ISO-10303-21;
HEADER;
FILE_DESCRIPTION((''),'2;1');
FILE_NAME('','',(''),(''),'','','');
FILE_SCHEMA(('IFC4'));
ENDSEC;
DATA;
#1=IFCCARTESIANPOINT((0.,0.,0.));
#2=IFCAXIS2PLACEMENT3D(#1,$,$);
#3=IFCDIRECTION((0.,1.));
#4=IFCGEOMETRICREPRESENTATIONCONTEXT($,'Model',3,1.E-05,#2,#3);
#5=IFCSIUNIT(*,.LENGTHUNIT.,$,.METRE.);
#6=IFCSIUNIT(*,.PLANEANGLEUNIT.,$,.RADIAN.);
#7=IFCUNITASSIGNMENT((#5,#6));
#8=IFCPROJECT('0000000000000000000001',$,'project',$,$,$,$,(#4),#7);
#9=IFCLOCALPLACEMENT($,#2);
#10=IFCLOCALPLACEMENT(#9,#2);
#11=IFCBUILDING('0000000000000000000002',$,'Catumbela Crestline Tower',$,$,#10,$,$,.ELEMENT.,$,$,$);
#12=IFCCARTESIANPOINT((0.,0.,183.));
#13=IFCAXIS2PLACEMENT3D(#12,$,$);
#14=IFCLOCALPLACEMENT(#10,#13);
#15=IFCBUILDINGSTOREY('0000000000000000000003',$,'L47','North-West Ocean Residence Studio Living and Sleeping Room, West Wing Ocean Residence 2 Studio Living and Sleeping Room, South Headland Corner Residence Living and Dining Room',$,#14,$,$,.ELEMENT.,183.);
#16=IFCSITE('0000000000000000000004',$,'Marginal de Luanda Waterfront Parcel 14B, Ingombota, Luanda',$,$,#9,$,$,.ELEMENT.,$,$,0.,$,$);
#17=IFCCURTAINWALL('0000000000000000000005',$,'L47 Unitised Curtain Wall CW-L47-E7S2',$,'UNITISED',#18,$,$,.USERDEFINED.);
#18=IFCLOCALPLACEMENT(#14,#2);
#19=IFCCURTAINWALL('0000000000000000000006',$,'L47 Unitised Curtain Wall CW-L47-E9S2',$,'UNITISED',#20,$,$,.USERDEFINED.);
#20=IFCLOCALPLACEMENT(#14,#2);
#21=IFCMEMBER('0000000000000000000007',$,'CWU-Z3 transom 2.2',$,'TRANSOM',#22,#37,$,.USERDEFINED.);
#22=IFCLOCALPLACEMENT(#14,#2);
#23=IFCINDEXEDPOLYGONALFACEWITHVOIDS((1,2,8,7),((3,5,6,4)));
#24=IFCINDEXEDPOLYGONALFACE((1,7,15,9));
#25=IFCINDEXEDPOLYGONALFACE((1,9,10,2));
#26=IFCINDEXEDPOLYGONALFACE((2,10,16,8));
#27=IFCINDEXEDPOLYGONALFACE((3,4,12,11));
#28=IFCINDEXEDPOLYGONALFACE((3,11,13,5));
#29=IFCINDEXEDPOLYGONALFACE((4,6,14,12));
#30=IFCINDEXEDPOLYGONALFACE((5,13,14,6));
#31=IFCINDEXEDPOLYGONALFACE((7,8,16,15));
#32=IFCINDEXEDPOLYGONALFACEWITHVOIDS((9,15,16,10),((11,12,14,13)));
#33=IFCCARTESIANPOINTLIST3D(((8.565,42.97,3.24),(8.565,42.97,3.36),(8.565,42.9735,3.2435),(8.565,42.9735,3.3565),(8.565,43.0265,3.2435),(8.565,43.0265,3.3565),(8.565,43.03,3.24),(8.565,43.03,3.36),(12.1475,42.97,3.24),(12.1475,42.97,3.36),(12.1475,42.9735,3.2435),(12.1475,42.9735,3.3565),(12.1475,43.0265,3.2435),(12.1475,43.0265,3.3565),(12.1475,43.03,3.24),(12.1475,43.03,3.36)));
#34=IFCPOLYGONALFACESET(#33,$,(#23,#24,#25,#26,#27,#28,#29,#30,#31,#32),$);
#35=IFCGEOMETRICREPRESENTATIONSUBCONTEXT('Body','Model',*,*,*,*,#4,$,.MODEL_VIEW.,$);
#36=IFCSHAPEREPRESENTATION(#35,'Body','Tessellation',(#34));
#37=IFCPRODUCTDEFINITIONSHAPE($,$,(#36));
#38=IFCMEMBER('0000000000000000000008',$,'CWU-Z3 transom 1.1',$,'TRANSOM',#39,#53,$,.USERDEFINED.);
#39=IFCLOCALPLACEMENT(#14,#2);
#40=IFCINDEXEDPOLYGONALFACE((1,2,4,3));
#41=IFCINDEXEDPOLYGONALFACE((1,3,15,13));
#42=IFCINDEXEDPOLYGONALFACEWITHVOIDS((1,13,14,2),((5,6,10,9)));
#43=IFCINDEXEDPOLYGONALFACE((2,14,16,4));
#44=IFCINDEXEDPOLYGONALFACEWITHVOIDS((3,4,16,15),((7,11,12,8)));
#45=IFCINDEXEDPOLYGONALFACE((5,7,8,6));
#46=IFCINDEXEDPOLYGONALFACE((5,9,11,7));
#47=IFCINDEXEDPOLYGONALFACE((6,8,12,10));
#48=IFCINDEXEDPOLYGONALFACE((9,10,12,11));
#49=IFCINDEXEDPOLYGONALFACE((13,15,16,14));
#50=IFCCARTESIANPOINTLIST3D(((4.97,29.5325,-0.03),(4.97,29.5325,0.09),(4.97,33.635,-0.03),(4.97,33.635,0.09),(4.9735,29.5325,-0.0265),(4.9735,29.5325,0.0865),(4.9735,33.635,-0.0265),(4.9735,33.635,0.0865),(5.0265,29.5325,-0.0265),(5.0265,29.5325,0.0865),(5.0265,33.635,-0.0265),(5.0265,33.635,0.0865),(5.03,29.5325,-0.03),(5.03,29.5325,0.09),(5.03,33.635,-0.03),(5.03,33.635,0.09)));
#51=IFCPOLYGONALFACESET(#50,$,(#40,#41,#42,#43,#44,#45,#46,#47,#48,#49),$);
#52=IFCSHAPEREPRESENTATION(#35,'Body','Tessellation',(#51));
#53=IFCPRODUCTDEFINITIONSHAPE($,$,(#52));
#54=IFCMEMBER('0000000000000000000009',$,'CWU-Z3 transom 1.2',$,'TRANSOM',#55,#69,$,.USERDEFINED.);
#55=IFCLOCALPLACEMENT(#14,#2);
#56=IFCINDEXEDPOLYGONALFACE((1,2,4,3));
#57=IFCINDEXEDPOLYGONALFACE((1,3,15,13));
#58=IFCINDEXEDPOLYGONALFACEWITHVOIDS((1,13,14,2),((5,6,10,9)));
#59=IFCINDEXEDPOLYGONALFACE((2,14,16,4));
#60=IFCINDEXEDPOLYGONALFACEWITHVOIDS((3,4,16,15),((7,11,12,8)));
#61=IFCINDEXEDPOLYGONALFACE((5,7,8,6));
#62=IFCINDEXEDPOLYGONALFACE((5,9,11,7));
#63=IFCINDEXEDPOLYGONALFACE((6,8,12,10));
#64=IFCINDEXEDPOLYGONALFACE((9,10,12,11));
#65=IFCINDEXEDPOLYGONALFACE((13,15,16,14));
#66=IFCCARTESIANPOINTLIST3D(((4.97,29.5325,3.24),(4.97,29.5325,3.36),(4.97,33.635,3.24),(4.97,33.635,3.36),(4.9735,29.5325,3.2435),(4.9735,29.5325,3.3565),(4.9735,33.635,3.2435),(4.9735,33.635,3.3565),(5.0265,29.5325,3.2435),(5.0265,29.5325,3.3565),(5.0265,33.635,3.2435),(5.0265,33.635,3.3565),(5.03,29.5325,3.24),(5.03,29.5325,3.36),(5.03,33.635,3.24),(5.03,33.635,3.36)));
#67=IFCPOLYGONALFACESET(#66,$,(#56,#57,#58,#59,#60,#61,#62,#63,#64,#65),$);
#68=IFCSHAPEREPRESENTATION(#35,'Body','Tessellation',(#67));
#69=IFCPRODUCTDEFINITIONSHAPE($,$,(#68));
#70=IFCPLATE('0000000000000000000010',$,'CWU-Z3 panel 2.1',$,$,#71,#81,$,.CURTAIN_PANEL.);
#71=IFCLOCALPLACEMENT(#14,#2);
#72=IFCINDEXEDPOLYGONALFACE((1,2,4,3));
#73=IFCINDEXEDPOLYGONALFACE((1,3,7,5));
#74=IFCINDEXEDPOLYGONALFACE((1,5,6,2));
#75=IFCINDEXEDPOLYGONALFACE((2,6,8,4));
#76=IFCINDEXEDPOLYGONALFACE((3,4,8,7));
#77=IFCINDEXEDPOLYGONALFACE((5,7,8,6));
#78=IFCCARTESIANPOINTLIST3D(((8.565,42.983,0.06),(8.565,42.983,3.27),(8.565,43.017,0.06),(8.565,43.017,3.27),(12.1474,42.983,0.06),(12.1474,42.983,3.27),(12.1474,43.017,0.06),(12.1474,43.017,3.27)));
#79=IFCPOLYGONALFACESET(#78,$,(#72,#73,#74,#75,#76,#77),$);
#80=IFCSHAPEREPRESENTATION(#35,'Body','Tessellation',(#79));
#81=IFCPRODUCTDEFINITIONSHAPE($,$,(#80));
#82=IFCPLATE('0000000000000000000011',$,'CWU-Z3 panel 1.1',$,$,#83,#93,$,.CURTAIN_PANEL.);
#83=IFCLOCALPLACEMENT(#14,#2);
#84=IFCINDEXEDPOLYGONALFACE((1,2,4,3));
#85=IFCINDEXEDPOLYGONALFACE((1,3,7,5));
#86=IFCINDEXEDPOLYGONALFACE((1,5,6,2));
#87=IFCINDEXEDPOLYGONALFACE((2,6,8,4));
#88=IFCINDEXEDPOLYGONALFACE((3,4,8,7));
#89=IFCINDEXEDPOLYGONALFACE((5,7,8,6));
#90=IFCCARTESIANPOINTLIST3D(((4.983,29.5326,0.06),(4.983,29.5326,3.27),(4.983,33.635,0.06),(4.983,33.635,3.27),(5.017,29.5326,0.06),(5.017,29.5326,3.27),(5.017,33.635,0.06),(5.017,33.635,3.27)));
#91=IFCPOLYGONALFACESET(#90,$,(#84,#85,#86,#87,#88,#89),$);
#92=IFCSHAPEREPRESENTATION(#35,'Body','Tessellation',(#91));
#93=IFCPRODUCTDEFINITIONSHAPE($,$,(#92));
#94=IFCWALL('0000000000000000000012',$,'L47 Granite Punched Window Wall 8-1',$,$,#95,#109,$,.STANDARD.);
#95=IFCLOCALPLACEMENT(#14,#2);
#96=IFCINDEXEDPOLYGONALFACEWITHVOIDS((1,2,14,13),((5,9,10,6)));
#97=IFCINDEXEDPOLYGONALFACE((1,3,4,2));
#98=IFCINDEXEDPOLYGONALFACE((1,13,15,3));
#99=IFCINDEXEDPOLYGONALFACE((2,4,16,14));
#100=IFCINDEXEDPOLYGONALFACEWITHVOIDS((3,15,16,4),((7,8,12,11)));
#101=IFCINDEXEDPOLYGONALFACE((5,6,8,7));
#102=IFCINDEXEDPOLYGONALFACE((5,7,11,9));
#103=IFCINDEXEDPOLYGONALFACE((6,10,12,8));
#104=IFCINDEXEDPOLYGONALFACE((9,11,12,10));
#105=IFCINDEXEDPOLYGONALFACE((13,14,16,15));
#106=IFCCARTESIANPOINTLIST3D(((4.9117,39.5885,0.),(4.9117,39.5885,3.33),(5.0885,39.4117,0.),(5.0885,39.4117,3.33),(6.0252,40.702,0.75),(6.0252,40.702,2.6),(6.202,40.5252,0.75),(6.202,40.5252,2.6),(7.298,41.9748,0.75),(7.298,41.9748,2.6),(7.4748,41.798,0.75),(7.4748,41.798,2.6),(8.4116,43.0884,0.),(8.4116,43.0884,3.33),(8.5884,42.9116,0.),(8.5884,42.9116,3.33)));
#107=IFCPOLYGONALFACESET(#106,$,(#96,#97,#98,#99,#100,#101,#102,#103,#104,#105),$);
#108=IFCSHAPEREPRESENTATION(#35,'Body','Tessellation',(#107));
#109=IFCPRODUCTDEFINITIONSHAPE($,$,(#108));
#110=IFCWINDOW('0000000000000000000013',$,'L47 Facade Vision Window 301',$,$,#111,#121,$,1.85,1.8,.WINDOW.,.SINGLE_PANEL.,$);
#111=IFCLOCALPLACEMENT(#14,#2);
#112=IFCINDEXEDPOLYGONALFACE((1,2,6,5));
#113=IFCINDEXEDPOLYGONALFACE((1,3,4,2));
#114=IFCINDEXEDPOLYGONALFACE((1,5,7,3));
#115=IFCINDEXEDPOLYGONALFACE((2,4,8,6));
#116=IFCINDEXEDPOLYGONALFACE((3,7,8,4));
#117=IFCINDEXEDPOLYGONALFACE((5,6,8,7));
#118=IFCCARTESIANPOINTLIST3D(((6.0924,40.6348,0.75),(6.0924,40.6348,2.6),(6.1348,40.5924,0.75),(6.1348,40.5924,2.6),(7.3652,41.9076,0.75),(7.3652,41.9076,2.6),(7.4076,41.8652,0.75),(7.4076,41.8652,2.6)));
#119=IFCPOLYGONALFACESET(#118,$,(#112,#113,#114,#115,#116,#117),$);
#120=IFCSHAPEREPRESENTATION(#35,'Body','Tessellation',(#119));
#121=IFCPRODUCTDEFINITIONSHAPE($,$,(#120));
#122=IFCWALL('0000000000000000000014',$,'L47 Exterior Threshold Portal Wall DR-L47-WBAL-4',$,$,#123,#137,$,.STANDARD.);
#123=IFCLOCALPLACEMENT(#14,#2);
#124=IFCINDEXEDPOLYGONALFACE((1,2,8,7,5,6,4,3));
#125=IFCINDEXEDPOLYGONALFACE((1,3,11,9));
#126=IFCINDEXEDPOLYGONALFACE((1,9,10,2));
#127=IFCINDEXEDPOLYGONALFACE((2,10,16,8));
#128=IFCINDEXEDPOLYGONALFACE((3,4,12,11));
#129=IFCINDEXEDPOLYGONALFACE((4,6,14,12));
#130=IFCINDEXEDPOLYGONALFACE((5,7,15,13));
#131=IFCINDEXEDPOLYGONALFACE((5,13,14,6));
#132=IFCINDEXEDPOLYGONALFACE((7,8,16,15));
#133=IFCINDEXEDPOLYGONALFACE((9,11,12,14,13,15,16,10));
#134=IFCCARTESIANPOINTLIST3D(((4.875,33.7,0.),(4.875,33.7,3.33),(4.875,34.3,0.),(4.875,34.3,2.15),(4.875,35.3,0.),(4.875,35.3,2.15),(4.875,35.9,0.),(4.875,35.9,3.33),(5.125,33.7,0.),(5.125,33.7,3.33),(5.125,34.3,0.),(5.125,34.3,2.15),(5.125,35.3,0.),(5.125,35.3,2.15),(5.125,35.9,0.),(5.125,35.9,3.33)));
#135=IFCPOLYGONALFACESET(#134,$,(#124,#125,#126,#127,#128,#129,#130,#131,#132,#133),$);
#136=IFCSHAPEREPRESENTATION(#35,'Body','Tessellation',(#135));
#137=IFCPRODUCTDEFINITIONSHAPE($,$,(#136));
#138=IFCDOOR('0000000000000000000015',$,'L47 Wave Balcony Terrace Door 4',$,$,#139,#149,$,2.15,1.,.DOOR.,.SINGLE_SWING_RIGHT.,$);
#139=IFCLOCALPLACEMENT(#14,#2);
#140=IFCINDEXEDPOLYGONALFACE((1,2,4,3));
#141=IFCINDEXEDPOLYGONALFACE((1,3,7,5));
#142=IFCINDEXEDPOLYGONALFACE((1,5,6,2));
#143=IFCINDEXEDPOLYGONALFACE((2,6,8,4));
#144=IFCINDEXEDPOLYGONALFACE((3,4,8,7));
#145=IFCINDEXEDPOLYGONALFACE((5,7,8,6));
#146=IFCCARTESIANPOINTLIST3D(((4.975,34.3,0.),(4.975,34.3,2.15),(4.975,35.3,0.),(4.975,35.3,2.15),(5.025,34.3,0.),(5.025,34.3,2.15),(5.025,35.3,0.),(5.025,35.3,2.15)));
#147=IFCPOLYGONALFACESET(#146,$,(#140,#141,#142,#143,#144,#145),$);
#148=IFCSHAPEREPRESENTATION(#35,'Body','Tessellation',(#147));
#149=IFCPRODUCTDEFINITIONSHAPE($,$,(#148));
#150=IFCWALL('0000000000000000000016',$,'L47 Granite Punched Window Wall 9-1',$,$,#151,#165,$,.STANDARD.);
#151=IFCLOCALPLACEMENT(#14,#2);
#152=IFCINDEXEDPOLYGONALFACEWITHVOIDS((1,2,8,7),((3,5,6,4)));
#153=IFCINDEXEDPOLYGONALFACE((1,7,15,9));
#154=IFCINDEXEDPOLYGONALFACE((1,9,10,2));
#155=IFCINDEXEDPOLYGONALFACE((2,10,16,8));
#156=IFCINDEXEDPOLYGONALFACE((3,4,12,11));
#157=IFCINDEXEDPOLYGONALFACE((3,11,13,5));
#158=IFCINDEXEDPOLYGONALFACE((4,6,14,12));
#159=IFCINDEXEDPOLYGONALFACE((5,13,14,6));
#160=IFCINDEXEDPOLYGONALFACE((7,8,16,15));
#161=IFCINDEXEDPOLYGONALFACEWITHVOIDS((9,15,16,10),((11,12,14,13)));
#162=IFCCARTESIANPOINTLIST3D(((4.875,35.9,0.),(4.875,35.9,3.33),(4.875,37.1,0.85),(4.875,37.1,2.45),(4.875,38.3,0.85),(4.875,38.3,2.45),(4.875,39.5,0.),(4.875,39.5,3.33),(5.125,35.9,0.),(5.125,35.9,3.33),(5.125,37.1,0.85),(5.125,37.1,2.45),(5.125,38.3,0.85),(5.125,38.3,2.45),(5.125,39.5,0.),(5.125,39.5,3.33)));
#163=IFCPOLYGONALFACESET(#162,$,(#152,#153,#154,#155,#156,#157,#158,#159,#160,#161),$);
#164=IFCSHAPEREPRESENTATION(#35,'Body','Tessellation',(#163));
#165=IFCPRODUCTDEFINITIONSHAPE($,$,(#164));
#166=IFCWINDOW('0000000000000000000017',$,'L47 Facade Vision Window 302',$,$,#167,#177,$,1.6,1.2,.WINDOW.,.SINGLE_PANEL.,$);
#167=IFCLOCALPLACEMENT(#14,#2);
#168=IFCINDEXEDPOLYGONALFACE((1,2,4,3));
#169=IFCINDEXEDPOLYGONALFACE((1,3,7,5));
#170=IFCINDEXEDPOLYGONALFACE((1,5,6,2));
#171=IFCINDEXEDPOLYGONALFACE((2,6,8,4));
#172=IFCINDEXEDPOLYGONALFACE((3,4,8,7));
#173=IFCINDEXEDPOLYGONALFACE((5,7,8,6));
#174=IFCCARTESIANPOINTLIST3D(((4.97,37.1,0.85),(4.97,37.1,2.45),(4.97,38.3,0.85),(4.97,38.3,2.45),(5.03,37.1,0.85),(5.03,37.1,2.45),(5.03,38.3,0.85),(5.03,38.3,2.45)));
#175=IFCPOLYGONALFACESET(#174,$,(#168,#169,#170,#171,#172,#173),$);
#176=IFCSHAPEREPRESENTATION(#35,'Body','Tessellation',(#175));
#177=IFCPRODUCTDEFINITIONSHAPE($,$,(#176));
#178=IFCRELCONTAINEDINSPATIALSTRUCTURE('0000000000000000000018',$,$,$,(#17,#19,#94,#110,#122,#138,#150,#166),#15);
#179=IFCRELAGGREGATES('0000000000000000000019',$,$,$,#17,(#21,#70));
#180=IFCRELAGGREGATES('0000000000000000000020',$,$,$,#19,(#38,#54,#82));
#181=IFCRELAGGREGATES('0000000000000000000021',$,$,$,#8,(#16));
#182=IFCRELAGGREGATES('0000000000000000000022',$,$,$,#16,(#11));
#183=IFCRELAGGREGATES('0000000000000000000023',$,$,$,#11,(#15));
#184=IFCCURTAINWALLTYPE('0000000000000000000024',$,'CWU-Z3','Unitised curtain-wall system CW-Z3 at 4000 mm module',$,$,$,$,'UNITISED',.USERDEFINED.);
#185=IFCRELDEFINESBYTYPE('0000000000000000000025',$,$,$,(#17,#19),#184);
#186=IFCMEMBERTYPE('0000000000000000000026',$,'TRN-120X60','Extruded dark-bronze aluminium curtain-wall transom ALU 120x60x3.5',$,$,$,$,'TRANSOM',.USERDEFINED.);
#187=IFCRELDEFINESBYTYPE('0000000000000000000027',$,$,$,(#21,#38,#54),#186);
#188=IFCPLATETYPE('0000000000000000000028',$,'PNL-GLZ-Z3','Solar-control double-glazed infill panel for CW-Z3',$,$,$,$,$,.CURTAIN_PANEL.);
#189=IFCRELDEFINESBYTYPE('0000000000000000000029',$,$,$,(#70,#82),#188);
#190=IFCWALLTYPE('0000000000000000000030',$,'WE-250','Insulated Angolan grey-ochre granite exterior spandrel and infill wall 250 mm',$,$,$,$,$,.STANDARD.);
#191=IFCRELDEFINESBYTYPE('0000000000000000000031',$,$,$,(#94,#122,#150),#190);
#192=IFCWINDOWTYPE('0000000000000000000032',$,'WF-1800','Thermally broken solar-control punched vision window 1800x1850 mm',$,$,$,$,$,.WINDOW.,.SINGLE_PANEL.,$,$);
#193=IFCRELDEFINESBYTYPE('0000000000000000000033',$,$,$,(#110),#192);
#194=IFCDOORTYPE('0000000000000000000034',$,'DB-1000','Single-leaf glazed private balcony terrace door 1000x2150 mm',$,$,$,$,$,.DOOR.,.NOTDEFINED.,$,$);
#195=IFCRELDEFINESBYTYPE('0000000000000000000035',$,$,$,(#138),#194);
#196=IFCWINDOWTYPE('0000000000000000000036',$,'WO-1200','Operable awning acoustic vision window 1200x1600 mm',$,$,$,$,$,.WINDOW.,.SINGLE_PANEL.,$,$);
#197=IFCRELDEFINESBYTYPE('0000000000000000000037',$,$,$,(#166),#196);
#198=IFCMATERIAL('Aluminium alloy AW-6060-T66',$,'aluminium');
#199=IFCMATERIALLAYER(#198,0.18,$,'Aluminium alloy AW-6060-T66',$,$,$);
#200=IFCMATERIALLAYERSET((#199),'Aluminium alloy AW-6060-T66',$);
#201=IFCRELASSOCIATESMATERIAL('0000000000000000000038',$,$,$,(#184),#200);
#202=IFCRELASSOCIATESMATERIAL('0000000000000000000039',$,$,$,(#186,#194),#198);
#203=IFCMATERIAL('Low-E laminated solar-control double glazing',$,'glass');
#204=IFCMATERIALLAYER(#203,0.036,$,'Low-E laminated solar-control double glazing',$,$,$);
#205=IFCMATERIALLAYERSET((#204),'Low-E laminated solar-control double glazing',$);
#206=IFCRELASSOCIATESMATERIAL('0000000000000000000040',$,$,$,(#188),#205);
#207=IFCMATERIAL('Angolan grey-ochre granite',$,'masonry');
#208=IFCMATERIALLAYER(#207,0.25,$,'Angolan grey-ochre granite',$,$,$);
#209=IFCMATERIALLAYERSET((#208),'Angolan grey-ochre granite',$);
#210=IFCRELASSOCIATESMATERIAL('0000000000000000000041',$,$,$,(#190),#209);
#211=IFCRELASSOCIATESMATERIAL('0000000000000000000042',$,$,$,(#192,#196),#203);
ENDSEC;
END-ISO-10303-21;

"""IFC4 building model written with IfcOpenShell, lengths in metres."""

from ifc_helpers import new_model, si_unit, direction, frame, frame_2d, origin, origin_2d, place, context, subcontext, project, spatial, rectangle, hollow_rectangle, extrude, material, layer, layer_set, material_profile, profile_set, type_object, element, fill, aggregate, save


model = new_model("IFC4")

# Units and contexts
model_context = context("Model", 3, precision=1e-05, world=origin(), true_north=direction((0.0, 1.0)))
body_context = subcontext(model_context, "Body", "Model", "MODEL_VIEW")
ifc_project = project(units=[si_unit("LENGTHUNIT", "METRE"), si_unit("PLANEANGLEUNIT", "RADIAN")], contexts=[model_context])

# Site, building, storey
site_placement = place(None, origin())
site = spatial("IfcSite", under=ifc_project, at=site_placement, Name="Marginal de Luanda Waterfront Parcel 14B, Ingombota, Luanda", CompositionType="ELEMENT", RefElevation=0.0)
building_placement = place(site_placement, origin())
building = spatial("IfcBuilding", under=site, at=building_placement, Name="Catumbela Crestline Tower", CompositionType="ELEMENT")
storey_placement = place(building_placement, frame((0.0, 0.0, 183.0)))
storey = spatial("IfcBuildingStorey", under=building, at=storey_placement, Name="L47", Description="North-West Ocean Residence Studio Living and Sleeping Room, West Wing Ocean Residence 2 Studio Living and Sleeping Room, South Headland Corner Residence Living and Dining Room", CompositionType="ELEMENT", Elevation=183.0)

# Curtain wall
ifc_material_1 = material(Name="Aluminium alloy AW-6060-T66", Category="aluminium")
ifc_layer_1 = layer(ifc_material_1, 0.18, Name="Aluminium alloy AW-6060-T66")
ifc_layer_set_1 = layer_set([ifc_layer_1], Name="Aluminium alloy AW-6060-T66")
curtain_wall_type = type_object("IfcCurtainWallType", Name="CWU-Z3", Description="Unitised curtain-wall system CW-Z3 at 4000 mm module", ElementType="UNITISED", PredefinedType="USERDEFINED", material=ifc_layer_set_1)
curtain_wall_1_placement = place(storey_placement, origin())
curtain_wall_1 = element("IfcCurtainWall", 1, at=curtain_wall_1_placement, inside=storey, type_object=curtain_wall_type, Name="L47 Unitised Curtain Wall CW-L47-E7S2", ObjectType="UNITISED", PredefinedType="USERDEFINED")

# Curtain wall
curtain_wall_2_placement = place(storey_placement, origin())
curtain_wall_2 = element("IfcCurtainWall", 2, at=curtain_wall_2_placement, inside=storey, type_object=curtain_wall_type, Name="L47 Unitised Curtain Wall CW-L47-E9S2", ObjectType="UNITISED", PredefinedType="USERDEFINED")

# Members
ifc_material_profile_1 = material_profile(ifc_material_1, hollow_rectangle(XDim=0.06, YDim=0.12, WallThickness=0.0035, at=origin_2d()), Name="ALU 120x60x3.5")
ifc_profile_set_1 = profile_set([ifc_material_profile_1], Name="Aluminium alloy AW-6060-T66")
member_type_1 = type_object("IfcMemberType", Name="TRN-120X60", Description="Extruded dark-bronze aluminium curtain-wall transom ALU 120x60x3.5", ElementType="TRANSOM", PredefinedType="USERDEFINED", material=ifc_profile_set_1)
member_1_placement = place(storey_placement, frame((12.1475, 43.0, 3.3), z_axis=(-1.0, 0.0, 0.0), x_axis=(0.0, -1.0, 0.0)))
member_1 = element("IfcMember", 3, at=member_1_placement, type_object=member_type_1, Name="CWU-Z3 transom 2.2", ObjectType="TRANSOM", PredefinedType="USERDEFINED", context=body_context, shape_type="SweptSolid", body=[
    extrude(hollow_rectangle(XDim=0.06, YDim=0.12, WallThickness=0.0035, at=origin_2d()), origin(), (0.0, 0.0, 1.0), 3.5825),
])
member_2_placement = place(storey_placement, frame((5.0, 33.635, 0.03), z_axis=(0.0, -1.0, 0.0), x_axis=(1.0, 0.0, 0.0)))
member_2 = element("IfcMember", 4, at=member_2_placement, type_object=member_type_1, Name="CWU-Z3 transom 1.1", ObjectType="TRANSOM", PredefinedType="USERDEFINED", context=body_context, shape_type="SweptSolid", body=[
    extrude(hollow_rectangle(XDim=0.06, YDim=0.12, WallThickness=0.0035, at=origin_2d()), origin(), (0.0, 0.0, 1.0), 4.1025),
])
member_3_placement = place(storey_placement, frame((5.0, 33.635, 3.3), z_axis=(0.0, -1.0, 0.0), x_axis=(1.0, 0.0, 0.0)))
member_3 = element("IfcMember", 5, at=member_3_placement, type_object=member_type_1, Name="CWU-Z3 transom 1.2", ObjectType="TRANSOM", PredefinedType="USERDEFINED", context=body_context, shape_type="SweptSolid", body=[
    extrude(hollow_rectangle(XDim=0.06, YDim=0.12, WallThickness=0.0035, at=origin_2d()), origin(), (0.0, 0.0, 1.0), 4.1025),
])

# Plates
ifc_material_2 = material(Name="Low-E laminated solar-control double glazing", Category="glass")
ifc_layer_2 = layer(ifc_material_2, 0.036, Name="Low-E laminated solar-control double glazing")
ifc_layer_set_2 = layer_set([ifc_layer_2], Name="Low-E laminated solar-control double glazing")
plate_type = type_object("IfcPlateType", Name="PNL-GLZ-Z3", Description="Solar-control double-glazed infill panel for CW-Z3", PredefinedType="CURTAIN_PANEL", material=ifc_layer_set_2)
plate_1_placement = place(storey_placement, frame((10.3562, 43.0, 0.06), z_axis=(0.0, 0.0, 1.0), x_axis=(-1.0, 0.0, 0.0)))
plate_1 = element("IfcPlate", 6, at=plate_1_placement, type_object=plate_type, Name="CWU-Z3 panel 2.1", PredefinedType="CURTAIN_PANEL", context=body_context, shape_type="SweptSolid", body=[
    extrude(rectangle(XDim=3.5825, YDim=0.034, at=origin_2d()), origin(), (0.0, 0.0, 1.0), 3.21),
])
aggregate(curtain_wall_1, [member_1, plate_1])
plate_2_placement = place(storey_placement, frame((5.0, 31.5838, 0.06), z_axis=(0.0, 0.0, 1.0), x_axis=(0.0, -1.0, 0.0)))
plate_2 = element("IfcPlate", 7, at=plate_2_placement, type_object=plate_type, Name="CWU-Z3 panel 1.1", PredefinedType="CURTAIN_PANEL", context=body_context, shape_type="SweptSolid", body=[
    extrude(rectangle(XDim=4.1025, YDim=0.034, at=origin_2d()), origin(), (0.0, 0.0, 1.0), 3.21),
])
aggregate(curtain_wall_2, [member_2, member_3, plate_2])

# Wall, opening, window
ifc_material_3 = material(Name="Angolan grey-ochre granite", Category="masonry")
ifc_layer_3 = layer(ifc_material_3, 0.25, Name="Angolan grey-ochre granite")
ifc_layer_set_3 = layer_set([ifc_layer_3], Name="Angolan grey-ochre granite")
wall_type_1 = type_object("IfcWallType", Name="WE-250", Description="Insulated Angolan grey-ochre granite exterior spandrel and infill wall 250 mm", PredefinedType="STANDARD", material=ifc_layer_set_3)
wall_1_placement = place(storey_placement, frame((8.5, 43.0, 0.0), z_axis=(0.0, 0.0, 1.0), x_axis=(-0.707107, -0.707107, 0.0)))
wall_1 = element("IfcWall", 8, at=wall_1_placement, inside=storey, type_object=wall_type_1, Name="L47 Granite Punched Window Wall 8-1", PredefinedType="STANDARD", context=body_context, shape_type="SweptSolid", body=[
    extrude(rectangle(XDim=4.9497, YDim=0.25, at=frame_2d((2.4748, 0.0))), origin(), (0.0, 0.0, 1.0), 3.33),
])
opening_1_placement = place(wall_1_placement, frame((1.5749, 0.0, 0.75)))
opening_1 = element("IfcOpeningElement", 9, at=opening_1_placement, cuts=wall_1, PredefinedType="OPENING", context=body_context, shape_type="SweptSolid", body=[
    extrude(rectangle(XDim=1.8, YDim=1.85, at=frame_2d((0.9, 0.925))), frame((0.0, 0.135, 0.0), z_axis=(0.0, -1.0, 0.0), x_axis=(1.0, 0.0, 0.0)), (0.0, 0.0, 1.0), 0.27),
])
window_type_1 = type_object("IfcWindowType", Name="WF-1800", Description="Thermally broken solar-control punched vision window 1800x1850 mm", PartitioningType="SINGLE_PANEL", PredefinedType="WINDOW", material=ifc_material_2)
window_1_placement = place(opening_1_placement, origin())
window_1 = element("IfcWindow", 10, at=window_1_placement, inside=storey, type_object=window_type_1, Name="L47 Facade Vision Window 301", OverallHeight=1.85, OverallWidth=1.8, PartitioningType="SINGLE_PANEL", PredefinedType="WINDOW", context=body_context, shape_type="SweptSolid", body=[
    extrude(rectangle(XDim=1.8, YDim=1.85, at=frame_2d((0.9, 0.925))), frame((0.0, 0.03, 0.0), z_axis=(0.0, -1.0, 0.0), x_axis=(1.0, 0.0, 0.0)), (0.0, 0.0, 1.0), 0.06),
])
fill(opening_1, window_1)

# Wall, opening, door
wall_2_placement = place(storey_placement, frame((5.0, 35.9, 0.0), z_axis=(0.0, 0.0, 1.0), x_axis=(0.0, -1.0, 0.0)))
wall_2 = element("IfcWall", 11, at=wall_2_placement, inside=storey, type_object=wall_type_1, Name="L47 Exterior Threshold Portal Wall DR-L47-WBAL-4", PredefinedType="STANDARD", context=body_context, shape_type="SweptSolid", body=[
    extrude(rectangle(XDim=2.2, YDim=0.25, at=frame_2d((1.1, 0.0))), origin(), (0.0, 0.0, 1.0), 3.33),
])
opening_2_placement = place(wall_2_placement, frame((0.6, 0.0, 0.0)))
opening_2 = element("IfcOpeningElement", 12, at=opening_2_placement, cuts=wall_2, PredefinedType="OPENING", context=body_context, shape_type="SweptSolid", body=[
    extrude(rectangle(XDim=1.0, YDim=2.15, at=frame_2d((0.5, 1.075))), frame((0.0, 0.135, 0.0), z_axis=(0.0, -1.0, 0.0), x_axis=(1.0, 0.0, 0.0)), (0.0, 0.0, 1.0), 0.27),
])
door_type_1 = type_object("IfcDoorType", Name="DB-1000", Description="Single-leaf glazed private balcony terrace door 1000x2150 mm", OperationType="NOTDEFINED", PredefinedType="DOOR", material=ifc_material_1)
door_1_placement = place(opening_2_placement, origin())
door_1 = element("IfcDoor", 13, at=door_1_placement, inside=storey, type_object=door_type_1, Name="L47 Wave Balcony Terrace Door 4", OperationType="SINGLE_SWING_RIGHT", OverallHeight=2.15, OverallWidth=1.0, PredefinedType="DOOR", context=body_context, shape_type="SweptSolid", body=[
    extrude(rectangle(XDim=1.0, YDim=2.15, at=frame_2d((0.5, 1.075))), frame((0.0, 0.025, 0.0), z_axis=(0.0, -1.0, 0.0), x_axis=(1.0, 0.0, 0.0)), (0.0, 0.0, 1.0), 0.05),
])
fill(opening_2, door_1)

# Wall, opening, window
wall_3_placement = place(storey_placement, frame((5.0, 39.5, 0.0), z_axis=(0.0, 0.0, 1.0), x_axis=(0.0, -1.0, 0.0)))
wall_3 = element("IfcWall", 14, at=wall_3_placement, inside=storey, type_object=wall_type_1, Name="L47 Granite Punched Window Wall 9-1", PredefinedType="STANDARD", context=body_context, shape_type="SweptSolid", body=[
    extrude(rectangle(XDim=3.6, YDim=0.25, at=frame_2d((1.8, 0.0))), origin(), (0.0, 0.0, 1.0), 3.33),
])
opening_3_placement = place(wall_3_placement, frame((1.2, 0.0, 0.85)))
opening_3 = element("IfcOpeningElement", 15, at=opening_3_placement, cuts=wall_3, PredefinedType="OPENING", context=body_context, shape_type="SweptSolid", body=[
    extrude(rectangle(XDim=1.2, YDim=1.6, at=frame_2d((0.6, 0.8))), frame((0.0, 0.135, 0.0), z_axis=(0.0, -1.0, 0.0), x_axis=(1.0, 0.0, 0.0)), (0.0, 0.0, 1.0), 0.27),
])
window_type_2 = type_object("IfcWindowType", Name="WO-1200", Description="Operable awning acoustic vision window 1200x1600 mm", PartitioningType="SINGLE_PANEL", PredefinedType="WINDOW", material=ifc_material_2)
window_2_placement = place(opening_3_placement, origin())
window_2 = element("IfcWindow", 16, at=window_2_placement, inside=storey, type_object=window_type_2, Name="L47 Facade Vision Window 302", OverallHeight=1.6, OverallWidth=1.2, PartitioningType="SINGLE_PANEL", PredefinedType="WINDOW", context=body_context, shape_type="SweptSolid", body=[
    extrude(rectangle(XDim=1.2, YDim=1.6, at=frame_2d((0.6, 0.8))), frame((0.0, 0.03, 0.0), z_axis=(0.0, -1.0, 0.0), x_axis=(1.0, 0.0, 0.0)), (0.0, 0.0, 1.0), 0.06),
])
fill(opening_3, window_2)

save(model, "model.ifc")
